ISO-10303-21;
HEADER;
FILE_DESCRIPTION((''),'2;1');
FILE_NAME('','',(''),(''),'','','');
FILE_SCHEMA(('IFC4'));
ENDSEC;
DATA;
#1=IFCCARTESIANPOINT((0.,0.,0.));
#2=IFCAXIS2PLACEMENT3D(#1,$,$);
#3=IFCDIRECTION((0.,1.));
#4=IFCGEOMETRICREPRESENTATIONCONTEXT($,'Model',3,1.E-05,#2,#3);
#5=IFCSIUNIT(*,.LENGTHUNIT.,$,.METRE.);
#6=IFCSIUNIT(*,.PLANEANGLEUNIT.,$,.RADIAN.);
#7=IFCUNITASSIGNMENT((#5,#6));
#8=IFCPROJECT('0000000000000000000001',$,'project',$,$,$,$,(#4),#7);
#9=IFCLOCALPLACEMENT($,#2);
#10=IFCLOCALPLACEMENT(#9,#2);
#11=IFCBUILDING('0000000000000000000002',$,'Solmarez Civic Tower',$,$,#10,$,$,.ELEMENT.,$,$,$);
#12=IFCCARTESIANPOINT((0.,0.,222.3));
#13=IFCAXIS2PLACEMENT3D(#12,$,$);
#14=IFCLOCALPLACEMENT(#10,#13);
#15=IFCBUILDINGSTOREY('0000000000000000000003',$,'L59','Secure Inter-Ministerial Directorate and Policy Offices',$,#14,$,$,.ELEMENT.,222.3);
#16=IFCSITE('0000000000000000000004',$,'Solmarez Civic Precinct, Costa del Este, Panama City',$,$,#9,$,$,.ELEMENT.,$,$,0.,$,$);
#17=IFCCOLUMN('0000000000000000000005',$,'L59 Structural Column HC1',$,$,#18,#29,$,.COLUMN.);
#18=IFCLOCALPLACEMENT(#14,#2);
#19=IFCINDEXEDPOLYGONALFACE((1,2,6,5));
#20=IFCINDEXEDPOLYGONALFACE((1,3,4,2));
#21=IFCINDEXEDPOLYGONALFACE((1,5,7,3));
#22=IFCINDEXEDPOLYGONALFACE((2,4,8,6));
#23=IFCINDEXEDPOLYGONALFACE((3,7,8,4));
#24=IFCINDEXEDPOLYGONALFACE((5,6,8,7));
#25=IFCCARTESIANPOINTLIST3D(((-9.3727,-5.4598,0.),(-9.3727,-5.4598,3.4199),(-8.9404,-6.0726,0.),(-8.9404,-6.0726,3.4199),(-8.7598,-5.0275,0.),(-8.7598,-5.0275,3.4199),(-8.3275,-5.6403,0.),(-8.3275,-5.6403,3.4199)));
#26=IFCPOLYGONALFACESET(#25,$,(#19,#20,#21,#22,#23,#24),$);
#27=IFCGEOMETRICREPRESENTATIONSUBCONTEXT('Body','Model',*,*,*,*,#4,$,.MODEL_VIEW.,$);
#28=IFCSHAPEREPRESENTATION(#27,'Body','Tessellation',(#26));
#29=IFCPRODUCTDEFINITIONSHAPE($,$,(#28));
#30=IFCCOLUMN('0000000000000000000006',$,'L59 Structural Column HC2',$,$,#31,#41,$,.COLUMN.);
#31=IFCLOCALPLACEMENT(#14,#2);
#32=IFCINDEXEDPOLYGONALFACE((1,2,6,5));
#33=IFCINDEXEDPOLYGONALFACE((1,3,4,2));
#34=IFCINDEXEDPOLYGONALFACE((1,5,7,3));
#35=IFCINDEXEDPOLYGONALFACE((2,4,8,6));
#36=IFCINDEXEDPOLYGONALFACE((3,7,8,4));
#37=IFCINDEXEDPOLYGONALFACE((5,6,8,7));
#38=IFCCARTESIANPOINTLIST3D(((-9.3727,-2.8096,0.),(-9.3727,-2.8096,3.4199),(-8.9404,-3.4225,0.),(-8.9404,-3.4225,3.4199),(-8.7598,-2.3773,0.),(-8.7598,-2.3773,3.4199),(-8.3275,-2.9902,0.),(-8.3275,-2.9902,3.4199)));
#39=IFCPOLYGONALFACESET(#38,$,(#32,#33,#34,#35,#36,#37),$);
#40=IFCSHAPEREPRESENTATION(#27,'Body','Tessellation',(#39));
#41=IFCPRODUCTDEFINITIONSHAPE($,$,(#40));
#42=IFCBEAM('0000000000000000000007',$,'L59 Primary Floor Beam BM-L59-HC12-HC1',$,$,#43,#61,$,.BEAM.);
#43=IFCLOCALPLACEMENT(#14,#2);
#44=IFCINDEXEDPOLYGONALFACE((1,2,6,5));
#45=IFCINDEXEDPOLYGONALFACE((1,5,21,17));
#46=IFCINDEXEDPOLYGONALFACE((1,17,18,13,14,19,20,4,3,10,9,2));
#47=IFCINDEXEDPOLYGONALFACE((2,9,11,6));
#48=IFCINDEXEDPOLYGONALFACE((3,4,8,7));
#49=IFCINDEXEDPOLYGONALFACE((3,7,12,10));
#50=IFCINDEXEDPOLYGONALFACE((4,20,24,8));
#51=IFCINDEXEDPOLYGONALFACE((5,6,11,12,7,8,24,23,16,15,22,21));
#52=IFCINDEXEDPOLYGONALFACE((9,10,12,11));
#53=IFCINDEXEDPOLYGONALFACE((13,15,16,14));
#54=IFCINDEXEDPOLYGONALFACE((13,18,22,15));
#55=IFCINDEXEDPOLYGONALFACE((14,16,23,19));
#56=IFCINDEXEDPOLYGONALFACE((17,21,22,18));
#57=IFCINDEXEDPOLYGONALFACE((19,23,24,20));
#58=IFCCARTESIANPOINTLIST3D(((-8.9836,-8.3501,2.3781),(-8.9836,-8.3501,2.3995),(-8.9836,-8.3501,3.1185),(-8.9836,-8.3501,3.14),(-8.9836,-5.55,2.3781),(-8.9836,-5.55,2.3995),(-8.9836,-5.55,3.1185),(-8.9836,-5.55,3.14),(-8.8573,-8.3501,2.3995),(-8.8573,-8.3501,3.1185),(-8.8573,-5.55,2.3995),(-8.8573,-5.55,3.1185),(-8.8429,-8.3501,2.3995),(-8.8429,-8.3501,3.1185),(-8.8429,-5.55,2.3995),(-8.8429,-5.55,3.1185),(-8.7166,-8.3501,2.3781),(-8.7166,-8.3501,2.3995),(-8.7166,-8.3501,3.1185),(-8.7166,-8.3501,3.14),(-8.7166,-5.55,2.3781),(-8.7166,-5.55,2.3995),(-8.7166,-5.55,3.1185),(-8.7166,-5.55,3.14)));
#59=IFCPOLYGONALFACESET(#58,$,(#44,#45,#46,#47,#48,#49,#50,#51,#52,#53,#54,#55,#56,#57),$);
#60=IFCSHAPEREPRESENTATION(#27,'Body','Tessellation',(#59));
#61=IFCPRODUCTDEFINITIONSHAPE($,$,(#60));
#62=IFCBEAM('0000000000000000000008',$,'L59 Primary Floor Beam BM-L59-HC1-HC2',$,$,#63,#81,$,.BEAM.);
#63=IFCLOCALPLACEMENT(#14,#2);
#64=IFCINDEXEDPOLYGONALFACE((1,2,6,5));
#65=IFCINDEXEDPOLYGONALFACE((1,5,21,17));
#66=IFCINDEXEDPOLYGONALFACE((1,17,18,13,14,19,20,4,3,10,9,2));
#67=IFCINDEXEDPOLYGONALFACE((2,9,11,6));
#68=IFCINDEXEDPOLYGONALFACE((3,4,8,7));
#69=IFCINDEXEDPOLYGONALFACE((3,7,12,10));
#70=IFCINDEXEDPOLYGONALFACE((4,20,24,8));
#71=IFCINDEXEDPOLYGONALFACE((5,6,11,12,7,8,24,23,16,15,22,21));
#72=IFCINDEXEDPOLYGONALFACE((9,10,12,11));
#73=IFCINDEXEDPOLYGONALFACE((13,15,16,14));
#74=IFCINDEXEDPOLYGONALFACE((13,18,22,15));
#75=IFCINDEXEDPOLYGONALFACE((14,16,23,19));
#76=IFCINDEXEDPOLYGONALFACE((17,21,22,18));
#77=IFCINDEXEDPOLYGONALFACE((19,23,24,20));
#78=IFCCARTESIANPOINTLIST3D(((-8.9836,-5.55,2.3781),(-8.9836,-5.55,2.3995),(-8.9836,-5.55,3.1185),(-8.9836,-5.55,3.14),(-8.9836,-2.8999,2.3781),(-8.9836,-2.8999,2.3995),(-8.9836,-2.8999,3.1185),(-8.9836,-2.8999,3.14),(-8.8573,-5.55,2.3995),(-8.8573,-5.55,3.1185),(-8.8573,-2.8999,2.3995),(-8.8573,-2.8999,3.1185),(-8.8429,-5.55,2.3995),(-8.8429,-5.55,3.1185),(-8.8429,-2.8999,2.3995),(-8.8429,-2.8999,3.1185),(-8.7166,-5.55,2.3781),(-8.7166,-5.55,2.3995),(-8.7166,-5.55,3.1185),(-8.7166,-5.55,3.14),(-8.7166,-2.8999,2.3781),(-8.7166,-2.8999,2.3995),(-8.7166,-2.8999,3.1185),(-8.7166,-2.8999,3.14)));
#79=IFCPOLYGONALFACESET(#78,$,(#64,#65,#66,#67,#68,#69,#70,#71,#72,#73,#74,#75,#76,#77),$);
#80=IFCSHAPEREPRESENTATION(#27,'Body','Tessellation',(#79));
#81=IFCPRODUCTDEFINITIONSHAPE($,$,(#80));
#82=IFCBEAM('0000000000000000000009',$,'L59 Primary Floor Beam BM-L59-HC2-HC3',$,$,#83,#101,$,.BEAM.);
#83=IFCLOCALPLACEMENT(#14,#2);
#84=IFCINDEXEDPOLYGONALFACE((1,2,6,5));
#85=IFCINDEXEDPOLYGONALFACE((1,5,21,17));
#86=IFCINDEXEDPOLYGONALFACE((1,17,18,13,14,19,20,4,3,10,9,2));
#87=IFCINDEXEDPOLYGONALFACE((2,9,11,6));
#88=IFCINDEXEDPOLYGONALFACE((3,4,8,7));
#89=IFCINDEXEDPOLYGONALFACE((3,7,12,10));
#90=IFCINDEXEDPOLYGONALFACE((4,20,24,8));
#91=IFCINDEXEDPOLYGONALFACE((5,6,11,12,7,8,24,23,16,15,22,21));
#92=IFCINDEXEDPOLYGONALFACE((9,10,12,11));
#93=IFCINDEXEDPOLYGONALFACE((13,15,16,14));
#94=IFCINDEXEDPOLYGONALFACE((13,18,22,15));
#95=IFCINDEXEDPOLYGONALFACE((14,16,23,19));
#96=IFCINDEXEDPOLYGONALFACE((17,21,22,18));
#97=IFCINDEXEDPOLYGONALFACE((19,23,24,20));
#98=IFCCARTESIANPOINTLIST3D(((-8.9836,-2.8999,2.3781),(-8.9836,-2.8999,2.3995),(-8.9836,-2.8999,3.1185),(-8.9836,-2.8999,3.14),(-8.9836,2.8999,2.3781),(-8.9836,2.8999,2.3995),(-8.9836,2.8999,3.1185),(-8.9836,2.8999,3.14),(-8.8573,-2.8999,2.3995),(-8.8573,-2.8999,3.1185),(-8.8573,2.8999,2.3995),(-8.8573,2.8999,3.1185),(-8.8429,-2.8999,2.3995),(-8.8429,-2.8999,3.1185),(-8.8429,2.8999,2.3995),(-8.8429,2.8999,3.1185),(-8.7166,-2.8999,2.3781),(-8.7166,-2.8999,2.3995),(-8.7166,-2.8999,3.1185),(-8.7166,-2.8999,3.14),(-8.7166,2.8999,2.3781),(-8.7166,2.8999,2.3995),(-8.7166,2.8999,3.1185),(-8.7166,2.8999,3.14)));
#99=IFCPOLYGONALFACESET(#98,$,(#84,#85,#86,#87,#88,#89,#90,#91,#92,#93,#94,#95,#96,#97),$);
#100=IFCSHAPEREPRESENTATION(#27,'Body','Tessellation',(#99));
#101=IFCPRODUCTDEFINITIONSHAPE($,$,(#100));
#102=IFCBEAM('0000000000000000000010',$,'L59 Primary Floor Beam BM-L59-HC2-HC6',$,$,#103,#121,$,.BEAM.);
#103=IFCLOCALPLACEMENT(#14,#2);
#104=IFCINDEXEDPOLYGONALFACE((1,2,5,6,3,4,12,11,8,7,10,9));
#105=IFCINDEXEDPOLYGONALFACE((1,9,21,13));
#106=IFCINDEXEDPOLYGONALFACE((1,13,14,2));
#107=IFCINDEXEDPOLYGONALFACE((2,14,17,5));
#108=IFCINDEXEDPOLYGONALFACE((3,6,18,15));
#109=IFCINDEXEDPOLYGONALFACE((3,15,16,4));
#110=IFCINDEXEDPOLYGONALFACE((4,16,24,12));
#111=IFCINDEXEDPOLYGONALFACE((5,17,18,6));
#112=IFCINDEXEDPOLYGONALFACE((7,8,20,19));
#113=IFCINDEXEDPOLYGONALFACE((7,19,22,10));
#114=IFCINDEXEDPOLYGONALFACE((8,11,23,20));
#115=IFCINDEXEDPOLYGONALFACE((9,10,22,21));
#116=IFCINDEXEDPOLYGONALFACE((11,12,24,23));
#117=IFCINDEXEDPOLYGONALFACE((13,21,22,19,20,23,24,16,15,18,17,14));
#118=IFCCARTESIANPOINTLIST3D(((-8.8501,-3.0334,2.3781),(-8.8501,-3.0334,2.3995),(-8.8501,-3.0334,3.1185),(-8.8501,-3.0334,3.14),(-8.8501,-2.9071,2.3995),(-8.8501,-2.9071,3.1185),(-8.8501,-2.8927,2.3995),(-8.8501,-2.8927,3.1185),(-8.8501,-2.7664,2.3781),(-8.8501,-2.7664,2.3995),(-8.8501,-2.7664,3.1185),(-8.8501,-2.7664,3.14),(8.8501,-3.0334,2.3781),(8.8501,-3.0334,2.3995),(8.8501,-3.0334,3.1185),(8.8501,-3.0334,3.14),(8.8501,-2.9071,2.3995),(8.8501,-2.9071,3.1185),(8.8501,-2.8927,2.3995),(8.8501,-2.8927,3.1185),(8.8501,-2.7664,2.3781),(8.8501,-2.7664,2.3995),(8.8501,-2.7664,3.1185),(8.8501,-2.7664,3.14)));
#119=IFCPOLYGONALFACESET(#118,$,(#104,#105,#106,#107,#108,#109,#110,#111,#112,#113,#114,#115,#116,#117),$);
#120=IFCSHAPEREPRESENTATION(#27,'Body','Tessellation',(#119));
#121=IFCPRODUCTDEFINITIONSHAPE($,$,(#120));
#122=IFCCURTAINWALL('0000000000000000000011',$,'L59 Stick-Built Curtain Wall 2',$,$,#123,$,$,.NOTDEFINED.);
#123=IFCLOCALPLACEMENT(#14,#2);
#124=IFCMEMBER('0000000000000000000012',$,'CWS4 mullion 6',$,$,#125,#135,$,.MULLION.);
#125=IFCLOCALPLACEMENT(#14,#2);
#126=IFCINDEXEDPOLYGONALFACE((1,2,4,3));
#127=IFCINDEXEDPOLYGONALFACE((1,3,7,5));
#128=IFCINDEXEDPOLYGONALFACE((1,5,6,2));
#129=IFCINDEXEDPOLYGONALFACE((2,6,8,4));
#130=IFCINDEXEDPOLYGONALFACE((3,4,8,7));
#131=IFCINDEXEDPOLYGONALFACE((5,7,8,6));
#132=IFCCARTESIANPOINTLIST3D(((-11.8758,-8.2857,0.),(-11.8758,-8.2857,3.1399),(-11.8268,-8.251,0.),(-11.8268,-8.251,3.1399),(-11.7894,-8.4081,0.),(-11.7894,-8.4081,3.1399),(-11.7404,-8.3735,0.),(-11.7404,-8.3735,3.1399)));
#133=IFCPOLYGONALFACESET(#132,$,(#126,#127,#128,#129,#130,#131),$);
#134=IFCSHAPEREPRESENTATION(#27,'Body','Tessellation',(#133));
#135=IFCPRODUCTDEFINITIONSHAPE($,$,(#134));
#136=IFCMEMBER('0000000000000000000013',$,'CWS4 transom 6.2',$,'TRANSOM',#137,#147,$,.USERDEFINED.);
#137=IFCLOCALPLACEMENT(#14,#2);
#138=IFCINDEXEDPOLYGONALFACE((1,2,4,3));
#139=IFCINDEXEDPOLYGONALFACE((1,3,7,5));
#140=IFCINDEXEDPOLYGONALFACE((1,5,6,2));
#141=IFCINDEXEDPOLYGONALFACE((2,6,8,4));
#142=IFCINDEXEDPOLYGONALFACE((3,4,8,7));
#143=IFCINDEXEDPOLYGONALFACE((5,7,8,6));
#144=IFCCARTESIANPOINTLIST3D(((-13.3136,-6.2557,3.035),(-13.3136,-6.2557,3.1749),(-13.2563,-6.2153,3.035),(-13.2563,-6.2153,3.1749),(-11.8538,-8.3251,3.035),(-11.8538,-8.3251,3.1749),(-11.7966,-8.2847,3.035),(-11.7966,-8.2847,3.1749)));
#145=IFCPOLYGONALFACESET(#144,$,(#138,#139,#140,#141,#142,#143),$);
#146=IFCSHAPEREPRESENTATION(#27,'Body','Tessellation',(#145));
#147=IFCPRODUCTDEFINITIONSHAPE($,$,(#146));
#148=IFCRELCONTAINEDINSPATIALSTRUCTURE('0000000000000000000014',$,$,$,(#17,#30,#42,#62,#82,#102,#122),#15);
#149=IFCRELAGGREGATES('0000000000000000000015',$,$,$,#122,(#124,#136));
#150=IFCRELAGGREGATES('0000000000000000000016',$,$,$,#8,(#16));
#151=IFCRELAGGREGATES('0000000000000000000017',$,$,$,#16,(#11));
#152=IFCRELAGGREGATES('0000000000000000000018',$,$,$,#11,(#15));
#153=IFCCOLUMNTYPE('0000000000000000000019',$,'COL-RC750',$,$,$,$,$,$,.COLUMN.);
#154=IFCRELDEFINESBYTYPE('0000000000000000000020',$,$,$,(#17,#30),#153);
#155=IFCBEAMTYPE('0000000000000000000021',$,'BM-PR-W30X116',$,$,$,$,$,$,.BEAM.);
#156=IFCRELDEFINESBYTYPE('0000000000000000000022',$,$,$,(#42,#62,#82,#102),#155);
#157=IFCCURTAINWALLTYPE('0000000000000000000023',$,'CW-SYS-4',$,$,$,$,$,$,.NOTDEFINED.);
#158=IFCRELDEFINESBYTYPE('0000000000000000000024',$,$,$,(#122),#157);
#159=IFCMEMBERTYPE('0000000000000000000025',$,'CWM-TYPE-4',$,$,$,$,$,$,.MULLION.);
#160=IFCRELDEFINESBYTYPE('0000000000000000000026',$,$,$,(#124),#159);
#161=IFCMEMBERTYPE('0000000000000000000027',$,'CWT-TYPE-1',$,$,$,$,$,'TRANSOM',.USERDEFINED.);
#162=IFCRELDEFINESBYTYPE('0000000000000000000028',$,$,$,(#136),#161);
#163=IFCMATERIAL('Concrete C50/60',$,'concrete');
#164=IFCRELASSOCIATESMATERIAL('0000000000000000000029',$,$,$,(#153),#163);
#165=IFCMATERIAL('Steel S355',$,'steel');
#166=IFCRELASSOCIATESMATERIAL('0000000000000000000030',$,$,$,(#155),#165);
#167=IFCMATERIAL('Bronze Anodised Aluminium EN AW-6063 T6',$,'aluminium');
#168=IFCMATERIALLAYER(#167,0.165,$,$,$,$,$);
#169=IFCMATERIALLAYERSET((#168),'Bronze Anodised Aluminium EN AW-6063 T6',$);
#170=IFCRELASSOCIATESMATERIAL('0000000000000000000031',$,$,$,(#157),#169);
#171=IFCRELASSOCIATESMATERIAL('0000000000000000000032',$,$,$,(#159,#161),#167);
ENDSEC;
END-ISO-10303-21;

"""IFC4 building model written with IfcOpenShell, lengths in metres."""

from ifc_helpers import new_model, si_unit, direction, frame, origin, origin_2d, place, context, subcontext, project, spatial, rectangle, i_section, extrude, material, layer, layer_set, material_profile, profile_set, type_object, element, aggregate, save


model = new_model("IFC4")

# Units and contexts
model_context = context("Model", 3, precision=1e-05, world=origin(), true_north=direction((0.0, 1.0)))
body_context = subcontext(model_context, "Body", "Model", "MODEL_VIEW")
ifc_project = project(units=[si_unit("LENGTHUNIT", "METRE"), si_unit("PLANEANGLEUNIT", "RADIAN")], contexts=[model_context])

# Site, building, storey
site_placement = place(None, origin())
site = spatial("IfcSite", under=ifc_project, at=site_placement, Name="Solmarez Civic Precinct, Costa del Este, Panama City", CompositionType="ELEMENT", RefElevation=0.0)
building_placement = place(site_placement, origin())
building = spatial("IfcBuilding", under=site, at=building_placement, Name="Solmarez Civic Tower", CompositionType="ELEMENT")
storey_placement = place(building_placement, frame((0.0, 0.0, 222.3)))
storey = spatial("IfcBuildingStorey", under=building, at=storey_placement, Name="L59", Description="Secure Inter-Ministerial Directorate and Policy Offices", CompositionType="ELEMENT", Elevation=222.3)

# Columns
ifc_material_1 = material(Name="Concrete C50/60", Category="concrete")
ifc_material_profile_1 = material_profile(ifc_material_1, rectangle(XDim=0.75, YDim=0.75, at=origin_2d()), Name="RC750X750")
ifc_profile_set_1 = profile_set([ifc_material_profile_1], Name="Concrete C50/60")
column_type = type_object("IfcColumnType", Name="COL-RC750", PredefinedType="COLUMN", material=ifc_profile_set_1)
for number, where, z_axis, x_axis, name in (
    (1, (-8.8501, -5.55, 0.0), (0.0, 0.0, 1.0), (0.817145, 0.576432, 0.0), "L59 Structural Column HC1"),
    (2, (-8.8501, -2.8999, 0.0), (0.0, 0.0, 1.0), (0.817145, 0.576432, 0.0), "L59 Structural Column HC2"),
):
    element("IfcColumn", number, at=place(storey_placement, frame(where, z_axis=z_axis, x_axis=x_axis)), inside=storey, type_object=column_type, Name=name, PredefinedType="COLUMN", context=body_context, shape_type="SweptSolid", body=[
        extrude(rectangle(XDim=0.75, YDim=0.75, at=origin_2d()), origin(), (0.0, 0.0, 1.0), 3.4199),
    ])

# Beams
ifc_material_2 = material(Name="Steel S355", Category="steel")
ifc_material_profile_2 = material_profile(ifc_material_2, i_section(OverallWidth=0.2671, OverallDepth=0.762, WebThickness=0.0144, FlangeThickness=0.0215, at=origin_2d()), Name="W30X116")
ifc_profile_set_2 = profile_set([ifc_material_profile_2], Name="Steel S355")
beam_type = type_object("IfcBeamType", Name="BM-PR-W30X116", PredefinedType="BEAM", material=ifc_profile_set_2)
beam_1_placement = place(storey_placement, frame((-8.8501, -8.3501, 2.759), z_axis=(0.0, 1.0, 0.0), x_axis=(-1.0, 0.0, 0.0)))
element("IfcBeam", 3, at=beam_1_placement, inside=storey, type_object=beam_type, Name="L59 Primary Floor Beam BM-L59-HC12-HC1", PredefinedType="BEAM", context=body_context, shape_type="SweptSolid", body=[
    extrude(i_section(OverallWidth=0.2671, OverallDepth=0.762, WebThickness=0.0144, FlangeThickness=0.0215, at=origin_2d()), origin(), (0.0, 0.0, 1.0), 2.8),
])
beam_2_placement = place(storey_placement, frame((-8.8501, -5.55, 2.759), z_axis=(0.0, 1.0, 0.0), x_axis=(-1.0, 0.0, 0.0)))
element("IfcBeam", 4, at=beam_2_placement, inside=storey, type_object=beam_type, Name="L59 Primary Floor Beam BM-L59-HC1-HC2", PredefinedType="BEAM", context=body_context, shape_type="SweptSolid", body=[
    extrude(i_section(OverallWidth=0.2671, OverallDepth=0.762, WebThickness=0.0144, FlangeThickness=0.0215, at=origin_2d()), origin(), (0.0, 0.0, 1.0), 2.6501),
])
beam_3_placement = place(storey_placement, frame((-8.8501, -2.8999, 2.759), z_axis=(0.0, 1.0, 0.0), x_axis=(-1.0, 0.0, 0.0)))
element("IfcBeam", 5, at=beam_3_placement, inside=storey, type_object=beam_type, Name="L59 Primary Floor Beam BM-L59-HC2-HC3", PredefinedType="BEAM", context=body_context, shape_type="SweptSolid", body=[
    extrude(i_section(OverallWidth=0.2671, OverallDepth=0.762, WebThickness=0.0144, FlangeThickness=0.0215, at=origin_2d()), origin(), (0.0, 0.0, 1.0), 5.7998),
])
beam_4_placement = place(storey_placement, frame((-8.8501, -2.8999, 2.759), z_axis=(1.0, 0.0, 0.0), x_axis=(0.0, 1.0, 0.0)))
element("IfcBeam", 6, at=beam_4_placement, inside=storey, type_object=beam_type, Name="L59 Primary Floor Beam BM-L59-HC2-HC6", PredefinedType="BEAM", context=body_context, shape_type="SweptSolid", body=[
    extrude(i_section(OverallWidth=0.2671, OverallDepth=0.762, WebThickness=0.0144, FlangeThickness=0.0215, at=origin_2d()), origin(), (0.0, 0.0, 1.0), 17.7002),
])

# Curtain wall, members
ifc_material_3 = material(Name="Bronze Anodised Aluminium EN AW-6063 T6", Category="aluminium")
ifc_layer_1 = layer(ifc_material_3, 0.165)
ifc_layer_set_1 = layer_set([ifc_layer_1], Name="Bronze Anodised Aluminium EN AW-6063 T6")
curtain_wall_type = type_object("IfcCurtainWallType", Name="CW-SYS-4", PredefinedType="NOTDEFINED", material=ifc_layer_set_1)
curtain_wall_placement = place(storey_placement, origin())
curtain_wall = element("IfcCurtainWall", 7, at=curtain_wall_placement, inside=storey, type_object=curtain_wall_type, Name="L59 Stick-Built Curtain Wall 2", PredefinedType="NOTDEFINED")
ifc_material_profile_3 = material_profile(ifc_material_3, rectangle(XDim=0.0601, YDim=0.1499, at=origin_2d()), Name="CWM-60X150")
ifc_profile_set_3 = profile_set([ifc_material_profile_3], Name="Bronze Anodised Aluminium EN AW-6063 T6")
member_type_1 = type_object("IfcMemberType", Name="CWM-TYPE-4", PredefinedType="MULLION", material=ifc_profile_set_3)
member_1_placement = place(storey_placement, frame((-11.8081, -8.3296, 0.0), z_axis=(0.0, 0.0, 1.0), x_axis=(-0.817162, -0.576408, 0.0)))
member_1 = element("IfcMember", 8, at=member_1_placement, type_object=member_type_1, Name="CWS4 mullion 6", PredefinedType="MULLION", context=body_context, shape_type="SweptSolid", body=[
    extrude(rectangle(XDim=0.0601, YDim=0.1499, at=origin_2d()), origin(), (0.0, 0.0, 1.0), 3.1399),
])
ifc_material_profile_4 = material_profile(ifc_material_3, rectangle(XDim=0.0701, YDim=0.1399, at=origin_2d()), Name="CWT-70X140")
ifc_profile_set_4 = profile_set([ifc_material_profile_4], Name="Bronze Anodised Aluminium EN AW-6063 T6")
member_type_2 = type_object("IfcMemberType", Name="CWT-TYPE-1", ElementType="TRANSOM", PredefinedType="USERDEFINED", material=ifc_profile_set_4)
member_2_placement = place(storey_placement, frame((-11.8252, -8.3049, 3.105), z_axis=(-0.576422, 0.817152, 0.0), x_axis=(-0.817152, -0.576422, 0.0)))
member_2 = element("IfcMember", 9, at=member_2_placement, type_object=member_type_2, Name="CWS4 transom 6.2", ObjectType="TRANSOM", PredefinedType="USERDEFINED", context=body_context, shape_type="SweptSolid", body=[
    extrude(rectangle(XDim=0.0701, YDim=0.1399, at=origin_2d()), origin(), (0.0, 0.0, 1.0), 2.5325),
])
aggregate(curtain_wall, [member_1, member_2])

save(model, "model.ifc")
